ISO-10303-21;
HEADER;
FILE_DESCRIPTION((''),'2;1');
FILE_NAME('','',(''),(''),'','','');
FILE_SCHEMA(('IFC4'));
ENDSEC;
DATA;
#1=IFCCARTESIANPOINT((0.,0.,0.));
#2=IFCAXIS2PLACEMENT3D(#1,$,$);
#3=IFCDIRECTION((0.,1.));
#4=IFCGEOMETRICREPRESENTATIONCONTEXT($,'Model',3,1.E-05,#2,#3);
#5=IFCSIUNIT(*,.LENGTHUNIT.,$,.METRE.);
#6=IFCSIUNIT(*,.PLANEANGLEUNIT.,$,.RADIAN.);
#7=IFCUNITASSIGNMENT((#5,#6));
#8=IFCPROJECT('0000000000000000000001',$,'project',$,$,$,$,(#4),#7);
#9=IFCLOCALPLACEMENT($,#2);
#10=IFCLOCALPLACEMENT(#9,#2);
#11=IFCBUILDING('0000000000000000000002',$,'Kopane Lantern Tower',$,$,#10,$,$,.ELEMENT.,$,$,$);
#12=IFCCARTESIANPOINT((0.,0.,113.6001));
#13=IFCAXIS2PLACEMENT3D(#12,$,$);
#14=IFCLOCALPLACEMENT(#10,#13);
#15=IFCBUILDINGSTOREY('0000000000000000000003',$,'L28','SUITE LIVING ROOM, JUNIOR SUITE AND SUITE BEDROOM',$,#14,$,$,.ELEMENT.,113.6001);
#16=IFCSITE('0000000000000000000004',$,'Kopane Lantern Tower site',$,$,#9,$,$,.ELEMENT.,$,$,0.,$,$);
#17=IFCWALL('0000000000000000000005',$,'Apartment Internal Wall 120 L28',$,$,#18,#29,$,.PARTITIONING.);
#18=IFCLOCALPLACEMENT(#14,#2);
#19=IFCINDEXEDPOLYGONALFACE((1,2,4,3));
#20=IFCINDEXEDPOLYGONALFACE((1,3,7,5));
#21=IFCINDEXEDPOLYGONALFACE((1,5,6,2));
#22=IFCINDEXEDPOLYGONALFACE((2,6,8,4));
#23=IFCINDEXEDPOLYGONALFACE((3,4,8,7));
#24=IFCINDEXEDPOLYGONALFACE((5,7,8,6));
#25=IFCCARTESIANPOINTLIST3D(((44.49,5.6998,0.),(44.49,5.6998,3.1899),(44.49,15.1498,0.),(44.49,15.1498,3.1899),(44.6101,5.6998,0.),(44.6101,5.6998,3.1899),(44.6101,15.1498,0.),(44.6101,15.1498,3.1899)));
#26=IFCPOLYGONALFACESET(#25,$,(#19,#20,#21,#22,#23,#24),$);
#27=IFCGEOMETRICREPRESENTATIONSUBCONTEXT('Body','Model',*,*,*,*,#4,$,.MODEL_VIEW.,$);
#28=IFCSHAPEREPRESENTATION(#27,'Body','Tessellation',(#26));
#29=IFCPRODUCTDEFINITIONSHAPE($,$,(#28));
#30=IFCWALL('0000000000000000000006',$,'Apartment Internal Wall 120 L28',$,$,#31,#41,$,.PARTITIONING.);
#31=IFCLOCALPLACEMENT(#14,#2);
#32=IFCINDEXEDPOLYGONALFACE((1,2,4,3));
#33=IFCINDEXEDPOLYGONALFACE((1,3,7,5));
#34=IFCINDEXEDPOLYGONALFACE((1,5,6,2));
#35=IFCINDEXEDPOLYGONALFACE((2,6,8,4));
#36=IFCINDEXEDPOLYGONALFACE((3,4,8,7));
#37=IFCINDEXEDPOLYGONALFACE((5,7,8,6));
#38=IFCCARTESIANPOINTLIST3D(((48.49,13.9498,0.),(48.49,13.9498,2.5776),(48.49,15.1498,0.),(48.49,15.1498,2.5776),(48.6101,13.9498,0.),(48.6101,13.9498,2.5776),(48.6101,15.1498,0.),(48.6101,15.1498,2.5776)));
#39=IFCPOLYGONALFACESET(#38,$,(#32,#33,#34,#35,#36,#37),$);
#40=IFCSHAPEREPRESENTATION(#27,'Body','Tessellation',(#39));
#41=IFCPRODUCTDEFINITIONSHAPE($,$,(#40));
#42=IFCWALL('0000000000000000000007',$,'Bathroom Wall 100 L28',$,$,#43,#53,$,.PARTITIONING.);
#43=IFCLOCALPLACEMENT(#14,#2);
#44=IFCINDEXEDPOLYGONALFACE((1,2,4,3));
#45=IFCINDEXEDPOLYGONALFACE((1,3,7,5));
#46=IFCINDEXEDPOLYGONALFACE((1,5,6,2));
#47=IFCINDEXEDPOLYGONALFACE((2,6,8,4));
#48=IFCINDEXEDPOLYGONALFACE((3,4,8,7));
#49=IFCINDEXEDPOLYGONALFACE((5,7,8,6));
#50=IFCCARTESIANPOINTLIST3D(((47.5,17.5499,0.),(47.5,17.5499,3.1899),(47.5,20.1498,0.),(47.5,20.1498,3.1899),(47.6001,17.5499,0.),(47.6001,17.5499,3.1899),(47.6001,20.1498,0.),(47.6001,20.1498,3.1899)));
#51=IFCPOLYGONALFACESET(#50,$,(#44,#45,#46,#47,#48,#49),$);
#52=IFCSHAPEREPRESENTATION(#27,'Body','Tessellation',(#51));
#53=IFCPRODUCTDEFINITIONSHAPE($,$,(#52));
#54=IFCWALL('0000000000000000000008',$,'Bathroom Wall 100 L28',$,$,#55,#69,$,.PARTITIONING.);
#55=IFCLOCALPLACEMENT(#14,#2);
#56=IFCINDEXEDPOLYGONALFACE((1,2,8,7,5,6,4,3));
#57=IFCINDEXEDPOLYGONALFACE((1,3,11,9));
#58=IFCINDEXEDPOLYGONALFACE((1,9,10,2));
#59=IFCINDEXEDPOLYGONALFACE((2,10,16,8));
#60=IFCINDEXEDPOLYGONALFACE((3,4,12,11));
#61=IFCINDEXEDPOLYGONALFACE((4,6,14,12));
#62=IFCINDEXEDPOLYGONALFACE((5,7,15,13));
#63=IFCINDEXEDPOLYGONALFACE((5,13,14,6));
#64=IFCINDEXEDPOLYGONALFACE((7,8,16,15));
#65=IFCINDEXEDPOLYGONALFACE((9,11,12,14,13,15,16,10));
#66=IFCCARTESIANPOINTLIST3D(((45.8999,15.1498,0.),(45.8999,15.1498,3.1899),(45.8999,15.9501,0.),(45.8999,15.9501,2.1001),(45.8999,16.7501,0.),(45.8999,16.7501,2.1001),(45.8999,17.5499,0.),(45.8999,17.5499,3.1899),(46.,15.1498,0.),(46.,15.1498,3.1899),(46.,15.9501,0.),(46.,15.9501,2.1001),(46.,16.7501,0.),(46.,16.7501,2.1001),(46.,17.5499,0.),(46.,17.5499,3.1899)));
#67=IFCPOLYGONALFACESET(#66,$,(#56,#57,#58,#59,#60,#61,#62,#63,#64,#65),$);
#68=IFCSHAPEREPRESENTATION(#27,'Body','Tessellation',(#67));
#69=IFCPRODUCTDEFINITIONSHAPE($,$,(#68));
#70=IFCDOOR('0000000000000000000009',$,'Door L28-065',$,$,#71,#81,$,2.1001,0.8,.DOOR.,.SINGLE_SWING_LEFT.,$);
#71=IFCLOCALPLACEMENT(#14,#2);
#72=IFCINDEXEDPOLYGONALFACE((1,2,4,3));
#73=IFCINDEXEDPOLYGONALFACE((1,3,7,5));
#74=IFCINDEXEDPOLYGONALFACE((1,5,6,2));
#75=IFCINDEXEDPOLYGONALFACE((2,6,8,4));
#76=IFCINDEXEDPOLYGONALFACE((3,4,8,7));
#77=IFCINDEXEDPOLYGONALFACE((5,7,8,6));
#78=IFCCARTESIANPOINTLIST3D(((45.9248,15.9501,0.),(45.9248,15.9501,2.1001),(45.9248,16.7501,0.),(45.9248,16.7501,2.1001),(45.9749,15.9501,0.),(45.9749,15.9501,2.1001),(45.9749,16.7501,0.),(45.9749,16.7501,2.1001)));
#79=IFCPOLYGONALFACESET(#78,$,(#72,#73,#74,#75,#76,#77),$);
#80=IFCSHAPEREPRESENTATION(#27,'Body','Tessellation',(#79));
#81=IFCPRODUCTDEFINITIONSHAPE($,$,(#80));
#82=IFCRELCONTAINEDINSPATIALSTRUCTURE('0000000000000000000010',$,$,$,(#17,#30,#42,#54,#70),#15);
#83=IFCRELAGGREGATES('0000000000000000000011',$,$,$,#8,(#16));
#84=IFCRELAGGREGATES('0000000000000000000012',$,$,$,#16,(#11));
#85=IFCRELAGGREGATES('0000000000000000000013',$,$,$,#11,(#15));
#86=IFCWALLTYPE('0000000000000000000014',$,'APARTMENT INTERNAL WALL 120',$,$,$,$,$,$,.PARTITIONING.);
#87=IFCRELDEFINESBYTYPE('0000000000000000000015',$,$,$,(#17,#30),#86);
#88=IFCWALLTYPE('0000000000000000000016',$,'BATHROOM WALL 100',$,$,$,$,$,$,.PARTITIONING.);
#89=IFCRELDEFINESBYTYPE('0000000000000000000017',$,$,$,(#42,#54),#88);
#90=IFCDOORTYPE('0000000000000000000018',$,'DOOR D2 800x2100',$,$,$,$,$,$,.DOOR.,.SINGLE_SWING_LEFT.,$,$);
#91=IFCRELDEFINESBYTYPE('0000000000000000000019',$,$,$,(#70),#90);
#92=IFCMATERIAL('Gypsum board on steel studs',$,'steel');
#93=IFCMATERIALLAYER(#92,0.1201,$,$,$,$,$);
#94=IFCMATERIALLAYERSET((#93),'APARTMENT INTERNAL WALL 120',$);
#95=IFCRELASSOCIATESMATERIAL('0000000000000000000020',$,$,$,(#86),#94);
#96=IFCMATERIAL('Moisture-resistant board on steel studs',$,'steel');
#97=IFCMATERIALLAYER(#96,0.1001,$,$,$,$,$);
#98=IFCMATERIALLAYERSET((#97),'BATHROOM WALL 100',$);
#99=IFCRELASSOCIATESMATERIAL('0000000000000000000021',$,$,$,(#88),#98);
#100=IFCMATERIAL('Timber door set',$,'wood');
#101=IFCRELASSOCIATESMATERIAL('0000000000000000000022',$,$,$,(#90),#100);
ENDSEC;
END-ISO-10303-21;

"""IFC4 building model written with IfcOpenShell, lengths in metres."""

from ifc_helpers import new_model, si_unit, direction, frame, frame_2d, origin, place, context, subcontext, project, spatial, rectangle, extrude, material, layer, layer_set, type_object, element, fill, save


model = new_model("IFC4")

# Units and contexts
model_context = context("Model", 3, precision=1e-05, world=origin(), true_north=direction((0.0, 1.0)))
body_context = subcontext(model_context, "Body", "Model", "MODEL_VIEW")
ifc_project = project(units=[si_unit("LENGTHUNIT", "METRE"), si_unit("PLANEANGLEUNIT", "RADIAN")], contexts=[model_context])

# Site, building, storey
site_placement = place(None, origin())
site = spatial("IfcSite", under=ifc_project, at=site_placement, Name="Kopane Lantern Tower site", CompositionType="ELEMENT", RefElevation=0.0)
building_placement = place(site_placement, origin())
building = spatial("IfcBuilding", under=site, at=building_placement, Name="Kopane Lantern Tower", CompositionType="ELEMENT")
storey_placement = place(building_placement, frame((0.0, 0.0, 113.6001)))
storey = spatial("IfcBuildingStorey", under=building, at=storey_placement, Name="L28", Description="SUITE LIVING ROOM, JUNIOR SUITE AND SUITE BEDROOM", CompositionType="ELEMENT", Elevation=113.6001)

# Walls
ifc_material_1 = material(Name="Gypsum board on steel studs", Category="steel")
ifc_layer_1 = layer(ifc_material_1, 0.1201)
ifc_layer_set_1 = layer_set([ifc_layer_1], Name="APARTMENT INTERNAL WALL 120")
wall_type_1 = type_object("IfcWallType", Name="APARTMENT INTERNAL WALL 120", PredefinedType="PARTITIONING", material=ifc_layer_set_1)
wall_1_placement = place(storey_placement, frame((44.55, 15.1499, 0.0), z_axis=(0.0, 0.0, 1.0), x_axis=(0.0, -1.0, 0.0)))
element("IfcWall", 1, at=wall_1_placement, inside=storey, type_object=wall_type_1, Name="Apartment Internal Wall 120 L28", PredefinedType="PARTITIONING", context=body_context, shape_type="SweptSolid", body=[
    extrude(rectangle(XDim=9.45, YDim=0.1201, at=frame_2d((4.7251, 0.0))), origin(), (0.0, 0.0, 1.0), 3.1899),
])
wall_2_placement = place(storey_placement, frame((48.55, 15.1499, 0.0), z_axis=(0.0, 0.0, 1.0), x_axis=(0.0, -1.0, 0.0)))
element("IfcWall", 2, at=wall_2_placement, inside=storey, type_object=wall_type_1, Name="Apartment Internal Wall 120 L28", PredefinedType="PARTITIONING", context=body_context, shape_type="SweptSolid", body=[
    extrude(rectangle(XDim=1.2, YDim=0.1201, at=frame_2d((0.6001, 0.0))), origin(), (0.0, 0.0, 1.0), 2.5776),
])
ifc_material_2 = material(Name="Moisture-resistant board on steel studs", Category="steel")
ifc_layer_2 = layer(ifc_material_2, 0.1001)
ifc_layer_set_2 = layer_set([ifc_layer_2], Name="BATHROOM WALL 100")
wall_type_2 = type_object("IfcWallType", Name="BATHROOM WALL 100", PredefinedType="PARTITIONING", material=ifc_layer_set_2)
wall_3_placement = place(storey_placement, frame((47.55, 17.55, 0.0), z_axis=(0.0, 0.0, 1.0), x_axis=(0.0, 1.0, 0.0)))
element("IfcWall", 3, at=wall_3_placement, inside=storey, type_object=wall_type_2, Name="Bathroom Wall 100 L28", PredefinedType="PARTITIONING", context=body_context, shape_type="SweptSolid", body=[
    extrude(rectangle(XDim=2.5999, YDim=0.1001, at=frame_2d((1.2998, 0.0))), origin(), (0.0, 0.0, 1.0), 3.1899),
])

# Wall, opening, door
wall_4_placement = place(storey_placement, frame((45.95, 17.55, 0.0), z_axis=(0.0, 0.0, 1.0), x_axis=(0.0, -1.0, 0.0)))
wall_4 = element("IfcWall", 4, at=wall_4_placement, inside=storey, type_object=wall_type_2, Name="Bathroom Wall 100 L28", PredefinedType="PARTITIONING", context=body_context, shape_type="SweptSolid", body=[
    extrude(rectangle(XDim=2.4001, YDim=0.1001, at=frame_2d((1.2002, 0.0))), origin(), (0.0, 0.0, 1.0), 3.1899),
])
opening_1_placement = place(wall_4_placement, frame((0.8, 0.0, 0.0)))
opening_1 = element("IfcOpeningElement", 5, at=opening_1_placement, cuts=wall_4, PredefinedType="OPENING", context=body_context, shape_type="SweptSolid", body=[
    extrude(rectangle(XDim=0.8, YDim=2.1001, at=frame_2d((0.3999, 1.05))), frame((0.0, 0.0601, 0.0), z_axis=(0.0, -1.0, 0.0), x_axis=(1.0, 0.0, 0.0)), (0.0, 0.0, 1.0), 0.1201),
])
ifc_material_3 = material(Name="Timber door set", Category="wood")
door_type_1 = type_object("IfcDoorType", Name="DOOR D2 800x2100", OperationType="SINGLE_SWING_LEFT", PredefinedType="DOOR", material=ifc_material_3)
door_1_placement = place(opening_1_placement, origin())
door_1 = element("IfcDoor", 6, at=door_1_placement, inside=storey, type_object=door_type_1, Name="Door L28-065", OperationType="SINGLE_SWING_LEFT", OverallHeight=2.1001, OverallWidth=0.8, PredefinedType="DOOR", context=body_context, shape_type="SweptSolid", body=[
    extrude(rectangle(XDim=0.8, YDim=2.1001, at=frame_2d((0.3999, 1.05))), frame((0.0, 0.0249, 0.0), z_axis=(0.0, -1.0, 0.0), x_axis=(1.0, 0.0, 0.0)), (0.0, 0.0, 1.0), 0.05),
])
fill(opening_1, door_1)

save(model, "model.ifc")
